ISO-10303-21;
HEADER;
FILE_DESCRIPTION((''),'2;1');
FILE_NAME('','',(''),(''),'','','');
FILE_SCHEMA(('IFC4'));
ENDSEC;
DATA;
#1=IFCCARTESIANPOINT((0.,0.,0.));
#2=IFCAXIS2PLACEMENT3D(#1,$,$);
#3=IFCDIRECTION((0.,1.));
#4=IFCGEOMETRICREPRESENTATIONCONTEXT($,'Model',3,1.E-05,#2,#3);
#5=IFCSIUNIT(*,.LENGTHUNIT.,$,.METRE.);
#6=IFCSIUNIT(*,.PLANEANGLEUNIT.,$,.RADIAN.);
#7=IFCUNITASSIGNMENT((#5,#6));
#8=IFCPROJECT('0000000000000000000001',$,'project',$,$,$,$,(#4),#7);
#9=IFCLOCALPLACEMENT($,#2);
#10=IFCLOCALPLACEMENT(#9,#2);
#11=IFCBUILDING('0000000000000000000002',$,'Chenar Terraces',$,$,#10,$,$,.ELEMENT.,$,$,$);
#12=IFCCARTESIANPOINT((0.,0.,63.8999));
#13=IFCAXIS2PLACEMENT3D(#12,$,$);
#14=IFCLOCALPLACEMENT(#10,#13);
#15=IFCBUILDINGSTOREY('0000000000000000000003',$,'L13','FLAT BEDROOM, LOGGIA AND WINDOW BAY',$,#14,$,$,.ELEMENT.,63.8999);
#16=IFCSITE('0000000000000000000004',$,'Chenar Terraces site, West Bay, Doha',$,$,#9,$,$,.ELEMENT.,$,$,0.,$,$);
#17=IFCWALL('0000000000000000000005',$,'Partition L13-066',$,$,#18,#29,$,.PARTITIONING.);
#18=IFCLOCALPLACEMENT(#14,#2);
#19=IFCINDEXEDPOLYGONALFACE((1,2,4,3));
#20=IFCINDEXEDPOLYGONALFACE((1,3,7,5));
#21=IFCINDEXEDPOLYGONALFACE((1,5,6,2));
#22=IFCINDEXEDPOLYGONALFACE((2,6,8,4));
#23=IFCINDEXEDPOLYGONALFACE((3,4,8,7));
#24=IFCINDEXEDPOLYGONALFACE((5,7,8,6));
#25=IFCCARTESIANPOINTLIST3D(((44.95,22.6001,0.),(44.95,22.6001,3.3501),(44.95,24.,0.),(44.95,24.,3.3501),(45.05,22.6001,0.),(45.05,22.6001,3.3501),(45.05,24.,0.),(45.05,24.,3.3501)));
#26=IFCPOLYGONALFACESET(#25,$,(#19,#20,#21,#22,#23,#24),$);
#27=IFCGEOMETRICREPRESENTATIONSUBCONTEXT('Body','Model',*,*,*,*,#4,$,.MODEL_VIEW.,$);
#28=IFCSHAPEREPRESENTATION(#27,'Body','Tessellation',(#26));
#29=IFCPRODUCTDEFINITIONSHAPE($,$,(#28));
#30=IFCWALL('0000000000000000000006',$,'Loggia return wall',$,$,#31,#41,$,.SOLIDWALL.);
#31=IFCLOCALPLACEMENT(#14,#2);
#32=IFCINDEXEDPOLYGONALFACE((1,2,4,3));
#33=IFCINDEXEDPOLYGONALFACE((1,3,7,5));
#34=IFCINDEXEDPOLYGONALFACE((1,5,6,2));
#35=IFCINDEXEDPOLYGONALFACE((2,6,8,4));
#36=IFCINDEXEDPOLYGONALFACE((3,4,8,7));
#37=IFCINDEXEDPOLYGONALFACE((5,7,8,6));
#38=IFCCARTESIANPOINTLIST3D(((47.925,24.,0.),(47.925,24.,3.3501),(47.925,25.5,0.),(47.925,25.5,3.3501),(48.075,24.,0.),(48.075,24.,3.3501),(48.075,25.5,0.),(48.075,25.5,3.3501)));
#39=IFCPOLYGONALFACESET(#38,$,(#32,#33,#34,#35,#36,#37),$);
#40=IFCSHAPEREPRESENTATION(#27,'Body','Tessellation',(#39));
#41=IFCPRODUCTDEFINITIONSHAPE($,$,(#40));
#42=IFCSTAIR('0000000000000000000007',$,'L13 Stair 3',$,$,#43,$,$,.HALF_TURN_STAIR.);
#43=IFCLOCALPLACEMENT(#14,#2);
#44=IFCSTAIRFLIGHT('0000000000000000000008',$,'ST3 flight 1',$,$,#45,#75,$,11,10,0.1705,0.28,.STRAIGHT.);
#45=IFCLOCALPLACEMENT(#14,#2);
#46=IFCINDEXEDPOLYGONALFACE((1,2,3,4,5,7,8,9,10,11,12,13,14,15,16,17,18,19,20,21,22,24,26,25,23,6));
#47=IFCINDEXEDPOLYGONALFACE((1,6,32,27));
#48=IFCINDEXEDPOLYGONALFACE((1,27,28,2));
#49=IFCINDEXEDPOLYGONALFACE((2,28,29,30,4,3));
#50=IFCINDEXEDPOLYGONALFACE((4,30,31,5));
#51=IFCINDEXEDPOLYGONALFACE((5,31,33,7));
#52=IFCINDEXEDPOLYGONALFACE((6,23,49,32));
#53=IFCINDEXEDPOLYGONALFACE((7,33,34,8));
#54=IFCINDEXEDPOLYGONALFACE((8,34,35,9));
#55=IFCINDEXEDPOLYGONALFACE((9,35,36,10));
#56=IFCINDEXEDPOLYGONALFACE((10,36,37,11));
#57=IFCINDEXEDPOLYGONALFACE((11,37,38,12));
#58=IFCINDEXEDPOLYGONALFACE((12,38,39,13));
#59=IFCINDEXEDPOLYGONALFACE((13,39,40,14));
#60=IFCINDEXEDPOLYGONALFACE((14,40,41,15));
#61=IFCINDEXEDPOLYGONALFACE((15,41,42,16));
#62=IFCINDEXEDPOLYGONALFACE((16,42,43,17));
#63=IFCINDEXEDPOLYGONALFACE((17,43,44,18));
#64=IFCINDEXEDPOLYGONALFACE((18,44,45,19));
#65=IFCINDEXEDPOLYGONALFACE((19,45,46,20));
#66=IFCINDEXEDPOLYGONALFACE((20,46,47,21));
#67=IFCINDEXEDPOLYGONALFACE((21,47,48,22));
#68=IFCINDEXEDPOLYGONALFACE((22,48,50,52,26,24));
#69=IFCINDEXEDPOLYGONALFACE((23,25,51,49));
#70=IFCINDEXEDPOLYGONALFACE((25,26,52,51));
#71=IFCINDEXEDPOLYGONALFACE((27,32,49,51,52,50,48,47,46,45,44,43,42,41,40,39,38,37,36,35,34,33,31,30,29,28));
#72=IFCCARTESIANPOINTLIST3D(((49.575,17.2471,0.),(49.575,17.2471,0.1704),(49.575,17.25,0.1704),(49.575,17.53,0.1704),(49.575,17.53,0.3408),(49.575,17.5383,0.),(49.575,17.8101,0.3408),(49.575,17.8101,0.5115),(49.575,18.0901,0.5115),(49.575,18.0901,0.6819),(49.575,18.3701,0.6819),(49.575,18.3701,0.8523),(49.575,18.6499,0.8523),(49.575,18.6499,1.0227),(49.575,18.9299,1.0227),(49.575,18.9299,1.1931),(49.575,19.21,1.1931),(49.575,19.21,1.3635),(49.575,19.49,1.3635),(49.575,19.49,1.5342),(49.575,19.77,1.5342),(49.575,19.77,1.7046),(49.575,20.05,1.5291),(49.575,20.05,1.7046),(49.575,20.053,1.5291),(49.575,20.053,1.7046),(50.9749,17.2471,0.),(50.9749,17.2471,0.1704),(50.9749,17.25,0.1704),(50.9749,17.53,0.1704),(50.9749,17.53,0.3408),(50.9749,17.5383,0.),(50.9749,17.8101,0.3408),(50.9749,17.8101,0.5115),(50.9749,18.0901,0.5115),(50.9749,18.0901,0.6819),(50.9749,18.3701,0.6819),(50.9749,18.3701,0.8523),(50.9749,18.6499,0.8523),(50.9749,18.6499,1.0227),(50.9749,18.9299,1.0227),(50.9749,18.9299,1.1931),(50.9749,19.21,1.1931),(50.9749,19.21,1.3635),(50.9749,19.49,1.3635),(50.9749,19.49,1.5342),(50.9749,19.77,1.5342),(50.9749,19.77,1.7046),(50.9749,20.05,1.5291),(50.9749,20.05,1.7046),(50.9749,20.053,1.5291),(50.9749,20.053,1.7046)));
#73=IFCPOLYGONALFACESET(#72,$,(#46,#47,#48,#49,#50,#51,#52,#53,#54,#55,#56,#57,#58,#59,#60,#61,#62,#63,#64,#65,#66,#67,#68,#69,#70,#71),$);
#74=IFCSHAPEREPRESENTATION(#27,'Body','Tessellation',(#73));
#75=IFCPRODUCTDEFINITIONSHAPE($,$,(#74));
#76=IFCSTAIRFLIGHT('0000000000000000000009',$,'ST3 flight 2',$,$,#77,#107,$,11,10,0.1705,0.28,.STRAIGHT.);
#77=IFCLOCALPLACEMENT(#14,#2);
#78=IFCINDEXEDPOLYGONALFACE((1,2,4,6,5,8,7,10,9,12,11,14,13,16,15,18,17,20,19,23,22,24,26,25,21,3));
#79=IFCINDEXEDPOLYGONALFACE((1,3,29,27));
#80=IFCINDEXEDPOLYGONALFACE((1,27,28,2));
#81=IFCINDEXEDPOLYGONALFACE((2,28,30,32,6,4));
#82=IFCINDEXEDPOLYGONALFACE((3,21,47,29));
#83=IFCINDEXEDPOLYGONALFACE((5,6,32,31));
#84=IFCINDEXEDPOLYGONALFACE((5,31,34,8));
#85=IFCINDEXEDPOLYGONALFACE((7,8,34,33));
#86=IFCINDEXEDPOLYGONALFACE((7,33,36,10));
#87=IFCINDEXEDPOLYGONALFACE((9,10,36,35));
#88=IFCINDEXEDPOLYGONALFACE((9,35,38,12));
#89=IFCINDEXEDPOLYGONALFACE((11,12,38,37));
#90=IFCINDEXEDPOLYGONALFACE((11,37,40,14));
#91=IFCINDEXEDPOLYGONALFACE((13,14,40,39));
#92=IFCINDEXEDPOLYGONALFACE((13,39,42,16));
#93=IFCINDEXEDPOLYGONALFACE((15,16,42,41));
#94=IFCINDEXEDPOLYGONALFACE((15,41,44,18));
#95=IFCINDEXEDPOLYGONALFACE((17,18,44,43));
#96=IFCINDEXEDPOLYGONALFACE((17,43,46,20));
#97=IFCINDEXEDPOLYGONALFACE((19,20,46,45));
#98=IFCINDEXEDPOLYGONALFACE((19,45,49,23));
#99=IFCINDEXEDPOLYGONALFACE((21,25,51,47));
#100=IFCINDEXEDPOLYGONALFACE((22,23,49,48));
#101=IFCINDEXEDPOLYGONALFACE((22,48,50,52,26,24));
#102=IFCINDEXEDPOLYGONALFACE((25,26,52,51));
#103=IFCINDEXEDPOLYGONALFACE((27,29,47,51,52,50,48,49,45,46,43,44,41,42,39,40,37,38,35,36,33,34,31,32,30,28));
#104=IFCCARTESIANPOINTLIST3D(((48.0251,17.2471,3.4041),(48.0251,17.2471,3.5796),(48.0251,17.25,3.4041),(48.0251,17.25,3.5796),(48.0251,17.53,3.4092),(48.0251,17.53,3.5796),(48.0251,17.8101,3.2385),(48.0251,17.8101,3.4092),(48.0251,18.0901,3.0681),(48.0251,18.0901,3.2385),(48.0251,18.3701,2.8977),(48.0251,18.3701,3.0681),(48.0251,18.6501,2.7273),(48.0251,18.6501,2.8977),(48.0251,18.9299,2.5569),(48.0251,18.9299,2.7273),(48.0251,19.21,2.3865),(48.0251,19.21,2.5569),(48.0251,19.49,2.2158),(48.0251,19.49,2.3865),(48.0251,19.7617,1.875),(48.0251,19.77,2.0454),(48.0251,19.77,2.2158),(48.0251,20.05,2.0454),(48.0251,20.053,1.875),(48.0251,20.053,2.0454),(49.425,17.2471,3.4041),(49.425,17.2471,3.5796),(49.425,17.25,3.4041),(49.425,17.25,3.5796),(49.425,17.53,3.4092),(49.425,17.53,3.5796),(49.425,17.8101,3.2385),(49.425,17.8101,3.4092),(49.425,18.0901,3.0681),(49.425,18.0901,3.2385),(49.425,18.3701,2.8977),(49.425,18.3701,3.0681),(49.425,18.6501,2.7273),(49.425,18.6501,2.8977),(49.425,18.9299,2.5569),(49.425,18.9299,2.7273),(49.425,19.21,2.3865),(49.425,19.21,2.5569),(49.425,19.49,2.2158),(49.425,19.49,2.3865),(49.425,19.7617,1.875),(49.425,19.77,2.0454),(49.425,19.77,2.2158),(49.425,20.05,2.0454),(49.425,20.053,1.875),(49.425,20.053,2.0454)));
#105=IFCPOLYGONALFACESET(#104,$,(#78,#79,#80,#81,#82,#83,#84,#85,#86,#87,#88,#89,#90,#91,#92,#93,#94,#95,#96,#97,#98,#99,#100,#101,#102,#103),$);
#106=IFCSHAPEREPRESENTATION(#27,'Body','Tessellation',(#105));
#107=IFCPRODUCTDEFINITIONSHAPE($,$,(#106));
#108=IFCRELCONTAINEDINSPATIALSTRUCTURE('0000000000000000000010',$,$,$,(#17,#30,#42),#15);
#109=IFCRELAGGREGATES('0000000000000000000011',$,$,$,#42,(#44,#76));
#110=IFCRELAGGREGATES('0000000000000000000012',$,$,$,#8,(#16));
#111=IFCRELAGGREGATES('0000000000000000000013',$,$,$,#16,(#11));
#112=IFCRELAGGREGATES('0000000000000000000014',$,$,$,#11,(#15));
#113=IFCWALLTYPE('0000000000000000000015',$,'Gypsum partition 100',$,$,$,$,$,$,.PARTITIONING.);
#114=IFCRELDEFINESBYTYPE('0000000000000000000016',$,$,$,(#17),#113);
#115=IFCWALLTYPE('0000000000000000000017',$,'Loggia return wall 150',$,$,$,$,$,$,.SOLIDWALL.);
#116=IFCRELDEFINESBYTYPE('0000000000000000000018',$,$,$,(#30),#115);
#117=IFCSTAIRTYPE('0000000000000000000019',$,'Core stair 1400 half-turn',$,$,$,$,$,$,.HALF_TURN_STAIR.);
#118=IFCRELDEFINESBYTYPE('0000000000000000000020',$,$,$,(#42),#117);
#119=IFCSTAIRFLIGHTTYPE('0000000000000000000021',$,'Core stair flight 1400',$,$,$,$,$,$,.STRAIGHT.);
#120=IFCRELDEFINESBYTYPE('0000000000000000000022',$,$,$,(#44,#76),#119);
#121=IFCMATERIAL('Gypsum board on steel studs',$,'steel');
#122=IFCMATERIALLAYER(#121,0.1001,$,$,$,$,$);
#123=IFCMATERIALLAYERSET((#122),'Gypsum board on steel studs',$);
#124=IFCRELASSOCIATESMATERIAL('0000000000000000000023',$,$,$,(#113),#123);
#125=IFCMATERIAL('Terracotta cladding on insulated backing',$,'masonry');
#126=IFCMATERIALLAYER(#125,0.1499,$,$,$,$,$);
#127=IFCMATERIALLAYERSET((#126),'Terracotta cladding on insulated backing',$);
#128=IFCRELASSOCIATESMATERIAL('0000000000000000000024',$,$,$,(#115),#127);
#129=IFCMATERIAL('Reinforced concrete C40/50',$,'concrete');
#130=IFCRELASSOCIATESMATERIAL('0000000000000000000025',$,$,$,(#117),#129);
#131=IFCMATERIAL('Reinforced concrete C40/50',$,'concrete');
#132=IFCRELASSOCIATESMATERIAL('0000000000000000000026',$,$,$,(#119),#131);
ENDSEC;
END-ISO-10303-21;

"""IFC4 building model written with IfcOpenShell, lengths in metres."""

from ifc_helpers import new_model, si_unit, direction, frame, frame_2d, origin, place, context, subcontext, project, spatial, polyline, rectangle, outline, extrude, material, layer, layer_set, type_object, element, aggregate, save


model = new_model("IFC4")

# Units and contexts
model_context = context("Model", 3, precision=1e-05, world=origin(), true_north=direction((0.0, 1.0)))
body_context = subcontext(model_context, "Body", "Model", "MODEL_VIEW")
ifc_project = project(units=[si_unit("LENGTHUNIT", "METRE"), si_unit("PLANEANGLEUNIT", "RADIAN")], contexts=[model_context])

# Site, building, storey
site_placement = place(None, origin())
site = spatial("IfcSite", under=ifc_project, at=site_placement, Name="Chenar Terraces site, West Bay, Doha", CompositionType="ELEMENT", RefElevation=0.0)
building_placement = place(site_placement, origin())
building = spatial("IfcBuilding", under=site, at=building_placement, Name="Chenar Terraces", CompositionType="ELEMENT")
storey_placement = place(building_placement, frame((0.0, 0.0, 63.8999)))
storey = spatial("IfcBuildingStorey", under=building, at=storey_placement, Name="L13", Description="FLAT BEDROOM, LOGGIA AND WINDOW BAY", CompositionType="ELEMENT", Elevation=63.8999)

# Walls
ifc_material_1 = material(Name="Gypsum board on steel studs", Category="steel")
ifc_layer_1 = layer(ifc_material_1, 0.1001)
ifc_layer_set_1 = layer_set([ifc_layer_1], Name="Gypsum board on steel studs")
wall_type_1 = type_object("IfcWallType", Name="Gypsum partition 100", PredefinedType="PARTITIONING", material=ifc_layer_set_1)
wall_1_placement = place(storey_placement, frame((45.0, 22.6001, 0.0), z_axis=(0.0, 0.0, 1.0), x_axis=(0.0, 1.0, 0.0)))
element("IfcWall", 1, at=wall_1_placement, inside=storey, type_object=wall_type_1, Name="Partition L13-066", PredefinedType="PARTITIONING", context=body_context, shape_type="SweptSolid", body=[
    extrude(rectangle(XDim=1.3999, YDim=0.1001, at=frame_2d((0.7, 0.0))), origin(), (0.0, 0.0, 1.0), 3.3501),
])
ifc_material_2 = material(Name="Terracotta cladding on insulated backing", Category="masonry")
ifc_layer_2 = layer(ifc_material_2, 0.1499)
ifc_layer_set_2 = layer_set([ifc_layer_2], Name="Terracotta cladding on insulated backing")
wall_type_2 = type_object("IfcWallType", Name="Loggia return wall 150", PredefinedType="SOLIDWALL", material=ifc_layer_set_2)
wall_2_placement = place(storey_placement, frame((48.0, 25.5, 0.0), z_axis=(0.0, 0.0, 1.0), x_axis=(0.0, -1.0, 0.0)))
element("IfcWall", 2, at=wall_2_placement, inside=storey, type_object=wall_type_2, Name="Loggia return wall", PredefinedType="SOLIDWALL", context=body_context, shape_type="SweptSolid", body=[
    extrude(rectangle(XDim=1.5, YDim=0.1499, at=frame_2d((0.75, 0.0))), origin(), (0.0, 0.0, 1.0), 3.3501),
])

# Stair, stair flights
ifc_material_3 = material(Name="Reinforced concrete C40/50", Category="concrete")
stair_type = type_object("IfcStairType", Name="Core stair 1400 half-turn", PredefinedType="HALF_TURN_STAIR", material=ifc_material_3)
stair_placement = place(storey_placement, origin())
stair = element("IfcStair", 3, at=stair_placement, inside=storey, type_object=stair_type, Name="L13 Stair 3", PredefinedType="HALF_TURN_STAIR")
ifc_material_4 = material(Name="Reinforced concrete C40/50", Category="concrete")
stair_flight_type = type_object("IfcStairFlightType", Name="Core stair flight 1400", PredefinedType="STRAIGHT", material=ifc_material_4)
stair_flight_1_placement = place(storey_placement, frame((50.2749, 17.25, 0.0), z_axis=(0.0, 0.0, 1.0), x_axis=(0.0, 1.0, 0.0)))
stair_flight_1 = element("IfcStairFlight", 4, at=stair_flight_1_placement, type_object=stair_flight_type, Name="ST3 flight 1", NumberOfRisers=11, NumberOfTreads=10, PredefinedType="STRAIGHT", RiserHeight=0.1705, TreadLength=0.28, context=body_context, shape_type="SweptSolid", body=[
    extrude(outline(polyline([(-0.0029, 0.0), (-0.0029, 0.1704), (0.0, 0.1704), (0.28, 0.1704), (0.28, 0.3408), (0.5601, 0.3408), (0.5601, 0.5115), (0.8401, 0.5115), (0.8401, 0.6819), (1.1201, 0.6819), (1.1201, 0.8523), (1.3999, 0.8523), (1.3999, 1.0227), (1.6799, 1.0227), (1.6799, 1.1931), (1.96, 1.1931), (1.96, 1.3635), (2.24, 1.3635), (2.24, 1.5342), (2.52, 1.5342), (2.52, 1.7046), (2.8, 1.7046), (2.803, 1.7046), (2.803, 1.5291), (2.8, 1.5291), (0.2883, 0.0), (-0.0029, 0.0)])), frame((0.0, 0.7, 0.0), z_axis=(0.0, -1.0, 0.0), x_axis=(1.0, 0.0, 0.0)), (0.0, 0.0, 1.0), 1.3999),
])
stair_flight_2_placement = place(storey_placement, frame((48.7251, 20.05, 1.875), z_axis=(0.0, 0.0, 1.0), x_axis=(0.0, -1.0, 0.0)))
stair_flight_2 = element("IfcStairFlight", 5, at=stair_flight_2_placement, type_object=stair_flight_type, Name="ST3 flight 2", NumberOfRisers=11, NumberOfTreads=10, PredefinedType="STRAIGHT", RiserHeight=0.1705, TreadLength=0.28, context=body_context, shape_type="SweptSolid", body=[
    extrude(outline(polyline([(-0.0029, 0.0), (-0.0029, 0.1704), (0.0, 0.1704), (0.28, 0.1704), (0.28, 0.3408), (0.5601, 0.3408), (0.5601, 0.5115), (0.8401, 0.5115), (0.8401, 0.6819), (1.1201, 0.6819), (1.1201, 0.8523), (1.3999, 0.8523), (1.3999, 1.0227), (1.6799, 1.0227), (1.6799, 1.1931), (1.96, 1.1931), (1.96, 1.3635), (2.24, 1.3635), (2.24, 1.5342), (2.52, 1.5342), (2.52, 1.7046), (2.8, 1.7046), (2.803, 1.7046), (2.803, 1.5291), (2.8, 1.5291), (0.2883, 0.0), (-0.0029, 0.0)])), frame((0.0, 0.7, 0.0), z_axis=(0.0, -1.0, 0.0), x_axis=(1.0, 0.0, 0.0)), (0.0, 0.0, 1.0), 1.3999),
])
aggregate(stair, [stair_flight_1, stair_flight_2])

save(model, "model.ifc")
